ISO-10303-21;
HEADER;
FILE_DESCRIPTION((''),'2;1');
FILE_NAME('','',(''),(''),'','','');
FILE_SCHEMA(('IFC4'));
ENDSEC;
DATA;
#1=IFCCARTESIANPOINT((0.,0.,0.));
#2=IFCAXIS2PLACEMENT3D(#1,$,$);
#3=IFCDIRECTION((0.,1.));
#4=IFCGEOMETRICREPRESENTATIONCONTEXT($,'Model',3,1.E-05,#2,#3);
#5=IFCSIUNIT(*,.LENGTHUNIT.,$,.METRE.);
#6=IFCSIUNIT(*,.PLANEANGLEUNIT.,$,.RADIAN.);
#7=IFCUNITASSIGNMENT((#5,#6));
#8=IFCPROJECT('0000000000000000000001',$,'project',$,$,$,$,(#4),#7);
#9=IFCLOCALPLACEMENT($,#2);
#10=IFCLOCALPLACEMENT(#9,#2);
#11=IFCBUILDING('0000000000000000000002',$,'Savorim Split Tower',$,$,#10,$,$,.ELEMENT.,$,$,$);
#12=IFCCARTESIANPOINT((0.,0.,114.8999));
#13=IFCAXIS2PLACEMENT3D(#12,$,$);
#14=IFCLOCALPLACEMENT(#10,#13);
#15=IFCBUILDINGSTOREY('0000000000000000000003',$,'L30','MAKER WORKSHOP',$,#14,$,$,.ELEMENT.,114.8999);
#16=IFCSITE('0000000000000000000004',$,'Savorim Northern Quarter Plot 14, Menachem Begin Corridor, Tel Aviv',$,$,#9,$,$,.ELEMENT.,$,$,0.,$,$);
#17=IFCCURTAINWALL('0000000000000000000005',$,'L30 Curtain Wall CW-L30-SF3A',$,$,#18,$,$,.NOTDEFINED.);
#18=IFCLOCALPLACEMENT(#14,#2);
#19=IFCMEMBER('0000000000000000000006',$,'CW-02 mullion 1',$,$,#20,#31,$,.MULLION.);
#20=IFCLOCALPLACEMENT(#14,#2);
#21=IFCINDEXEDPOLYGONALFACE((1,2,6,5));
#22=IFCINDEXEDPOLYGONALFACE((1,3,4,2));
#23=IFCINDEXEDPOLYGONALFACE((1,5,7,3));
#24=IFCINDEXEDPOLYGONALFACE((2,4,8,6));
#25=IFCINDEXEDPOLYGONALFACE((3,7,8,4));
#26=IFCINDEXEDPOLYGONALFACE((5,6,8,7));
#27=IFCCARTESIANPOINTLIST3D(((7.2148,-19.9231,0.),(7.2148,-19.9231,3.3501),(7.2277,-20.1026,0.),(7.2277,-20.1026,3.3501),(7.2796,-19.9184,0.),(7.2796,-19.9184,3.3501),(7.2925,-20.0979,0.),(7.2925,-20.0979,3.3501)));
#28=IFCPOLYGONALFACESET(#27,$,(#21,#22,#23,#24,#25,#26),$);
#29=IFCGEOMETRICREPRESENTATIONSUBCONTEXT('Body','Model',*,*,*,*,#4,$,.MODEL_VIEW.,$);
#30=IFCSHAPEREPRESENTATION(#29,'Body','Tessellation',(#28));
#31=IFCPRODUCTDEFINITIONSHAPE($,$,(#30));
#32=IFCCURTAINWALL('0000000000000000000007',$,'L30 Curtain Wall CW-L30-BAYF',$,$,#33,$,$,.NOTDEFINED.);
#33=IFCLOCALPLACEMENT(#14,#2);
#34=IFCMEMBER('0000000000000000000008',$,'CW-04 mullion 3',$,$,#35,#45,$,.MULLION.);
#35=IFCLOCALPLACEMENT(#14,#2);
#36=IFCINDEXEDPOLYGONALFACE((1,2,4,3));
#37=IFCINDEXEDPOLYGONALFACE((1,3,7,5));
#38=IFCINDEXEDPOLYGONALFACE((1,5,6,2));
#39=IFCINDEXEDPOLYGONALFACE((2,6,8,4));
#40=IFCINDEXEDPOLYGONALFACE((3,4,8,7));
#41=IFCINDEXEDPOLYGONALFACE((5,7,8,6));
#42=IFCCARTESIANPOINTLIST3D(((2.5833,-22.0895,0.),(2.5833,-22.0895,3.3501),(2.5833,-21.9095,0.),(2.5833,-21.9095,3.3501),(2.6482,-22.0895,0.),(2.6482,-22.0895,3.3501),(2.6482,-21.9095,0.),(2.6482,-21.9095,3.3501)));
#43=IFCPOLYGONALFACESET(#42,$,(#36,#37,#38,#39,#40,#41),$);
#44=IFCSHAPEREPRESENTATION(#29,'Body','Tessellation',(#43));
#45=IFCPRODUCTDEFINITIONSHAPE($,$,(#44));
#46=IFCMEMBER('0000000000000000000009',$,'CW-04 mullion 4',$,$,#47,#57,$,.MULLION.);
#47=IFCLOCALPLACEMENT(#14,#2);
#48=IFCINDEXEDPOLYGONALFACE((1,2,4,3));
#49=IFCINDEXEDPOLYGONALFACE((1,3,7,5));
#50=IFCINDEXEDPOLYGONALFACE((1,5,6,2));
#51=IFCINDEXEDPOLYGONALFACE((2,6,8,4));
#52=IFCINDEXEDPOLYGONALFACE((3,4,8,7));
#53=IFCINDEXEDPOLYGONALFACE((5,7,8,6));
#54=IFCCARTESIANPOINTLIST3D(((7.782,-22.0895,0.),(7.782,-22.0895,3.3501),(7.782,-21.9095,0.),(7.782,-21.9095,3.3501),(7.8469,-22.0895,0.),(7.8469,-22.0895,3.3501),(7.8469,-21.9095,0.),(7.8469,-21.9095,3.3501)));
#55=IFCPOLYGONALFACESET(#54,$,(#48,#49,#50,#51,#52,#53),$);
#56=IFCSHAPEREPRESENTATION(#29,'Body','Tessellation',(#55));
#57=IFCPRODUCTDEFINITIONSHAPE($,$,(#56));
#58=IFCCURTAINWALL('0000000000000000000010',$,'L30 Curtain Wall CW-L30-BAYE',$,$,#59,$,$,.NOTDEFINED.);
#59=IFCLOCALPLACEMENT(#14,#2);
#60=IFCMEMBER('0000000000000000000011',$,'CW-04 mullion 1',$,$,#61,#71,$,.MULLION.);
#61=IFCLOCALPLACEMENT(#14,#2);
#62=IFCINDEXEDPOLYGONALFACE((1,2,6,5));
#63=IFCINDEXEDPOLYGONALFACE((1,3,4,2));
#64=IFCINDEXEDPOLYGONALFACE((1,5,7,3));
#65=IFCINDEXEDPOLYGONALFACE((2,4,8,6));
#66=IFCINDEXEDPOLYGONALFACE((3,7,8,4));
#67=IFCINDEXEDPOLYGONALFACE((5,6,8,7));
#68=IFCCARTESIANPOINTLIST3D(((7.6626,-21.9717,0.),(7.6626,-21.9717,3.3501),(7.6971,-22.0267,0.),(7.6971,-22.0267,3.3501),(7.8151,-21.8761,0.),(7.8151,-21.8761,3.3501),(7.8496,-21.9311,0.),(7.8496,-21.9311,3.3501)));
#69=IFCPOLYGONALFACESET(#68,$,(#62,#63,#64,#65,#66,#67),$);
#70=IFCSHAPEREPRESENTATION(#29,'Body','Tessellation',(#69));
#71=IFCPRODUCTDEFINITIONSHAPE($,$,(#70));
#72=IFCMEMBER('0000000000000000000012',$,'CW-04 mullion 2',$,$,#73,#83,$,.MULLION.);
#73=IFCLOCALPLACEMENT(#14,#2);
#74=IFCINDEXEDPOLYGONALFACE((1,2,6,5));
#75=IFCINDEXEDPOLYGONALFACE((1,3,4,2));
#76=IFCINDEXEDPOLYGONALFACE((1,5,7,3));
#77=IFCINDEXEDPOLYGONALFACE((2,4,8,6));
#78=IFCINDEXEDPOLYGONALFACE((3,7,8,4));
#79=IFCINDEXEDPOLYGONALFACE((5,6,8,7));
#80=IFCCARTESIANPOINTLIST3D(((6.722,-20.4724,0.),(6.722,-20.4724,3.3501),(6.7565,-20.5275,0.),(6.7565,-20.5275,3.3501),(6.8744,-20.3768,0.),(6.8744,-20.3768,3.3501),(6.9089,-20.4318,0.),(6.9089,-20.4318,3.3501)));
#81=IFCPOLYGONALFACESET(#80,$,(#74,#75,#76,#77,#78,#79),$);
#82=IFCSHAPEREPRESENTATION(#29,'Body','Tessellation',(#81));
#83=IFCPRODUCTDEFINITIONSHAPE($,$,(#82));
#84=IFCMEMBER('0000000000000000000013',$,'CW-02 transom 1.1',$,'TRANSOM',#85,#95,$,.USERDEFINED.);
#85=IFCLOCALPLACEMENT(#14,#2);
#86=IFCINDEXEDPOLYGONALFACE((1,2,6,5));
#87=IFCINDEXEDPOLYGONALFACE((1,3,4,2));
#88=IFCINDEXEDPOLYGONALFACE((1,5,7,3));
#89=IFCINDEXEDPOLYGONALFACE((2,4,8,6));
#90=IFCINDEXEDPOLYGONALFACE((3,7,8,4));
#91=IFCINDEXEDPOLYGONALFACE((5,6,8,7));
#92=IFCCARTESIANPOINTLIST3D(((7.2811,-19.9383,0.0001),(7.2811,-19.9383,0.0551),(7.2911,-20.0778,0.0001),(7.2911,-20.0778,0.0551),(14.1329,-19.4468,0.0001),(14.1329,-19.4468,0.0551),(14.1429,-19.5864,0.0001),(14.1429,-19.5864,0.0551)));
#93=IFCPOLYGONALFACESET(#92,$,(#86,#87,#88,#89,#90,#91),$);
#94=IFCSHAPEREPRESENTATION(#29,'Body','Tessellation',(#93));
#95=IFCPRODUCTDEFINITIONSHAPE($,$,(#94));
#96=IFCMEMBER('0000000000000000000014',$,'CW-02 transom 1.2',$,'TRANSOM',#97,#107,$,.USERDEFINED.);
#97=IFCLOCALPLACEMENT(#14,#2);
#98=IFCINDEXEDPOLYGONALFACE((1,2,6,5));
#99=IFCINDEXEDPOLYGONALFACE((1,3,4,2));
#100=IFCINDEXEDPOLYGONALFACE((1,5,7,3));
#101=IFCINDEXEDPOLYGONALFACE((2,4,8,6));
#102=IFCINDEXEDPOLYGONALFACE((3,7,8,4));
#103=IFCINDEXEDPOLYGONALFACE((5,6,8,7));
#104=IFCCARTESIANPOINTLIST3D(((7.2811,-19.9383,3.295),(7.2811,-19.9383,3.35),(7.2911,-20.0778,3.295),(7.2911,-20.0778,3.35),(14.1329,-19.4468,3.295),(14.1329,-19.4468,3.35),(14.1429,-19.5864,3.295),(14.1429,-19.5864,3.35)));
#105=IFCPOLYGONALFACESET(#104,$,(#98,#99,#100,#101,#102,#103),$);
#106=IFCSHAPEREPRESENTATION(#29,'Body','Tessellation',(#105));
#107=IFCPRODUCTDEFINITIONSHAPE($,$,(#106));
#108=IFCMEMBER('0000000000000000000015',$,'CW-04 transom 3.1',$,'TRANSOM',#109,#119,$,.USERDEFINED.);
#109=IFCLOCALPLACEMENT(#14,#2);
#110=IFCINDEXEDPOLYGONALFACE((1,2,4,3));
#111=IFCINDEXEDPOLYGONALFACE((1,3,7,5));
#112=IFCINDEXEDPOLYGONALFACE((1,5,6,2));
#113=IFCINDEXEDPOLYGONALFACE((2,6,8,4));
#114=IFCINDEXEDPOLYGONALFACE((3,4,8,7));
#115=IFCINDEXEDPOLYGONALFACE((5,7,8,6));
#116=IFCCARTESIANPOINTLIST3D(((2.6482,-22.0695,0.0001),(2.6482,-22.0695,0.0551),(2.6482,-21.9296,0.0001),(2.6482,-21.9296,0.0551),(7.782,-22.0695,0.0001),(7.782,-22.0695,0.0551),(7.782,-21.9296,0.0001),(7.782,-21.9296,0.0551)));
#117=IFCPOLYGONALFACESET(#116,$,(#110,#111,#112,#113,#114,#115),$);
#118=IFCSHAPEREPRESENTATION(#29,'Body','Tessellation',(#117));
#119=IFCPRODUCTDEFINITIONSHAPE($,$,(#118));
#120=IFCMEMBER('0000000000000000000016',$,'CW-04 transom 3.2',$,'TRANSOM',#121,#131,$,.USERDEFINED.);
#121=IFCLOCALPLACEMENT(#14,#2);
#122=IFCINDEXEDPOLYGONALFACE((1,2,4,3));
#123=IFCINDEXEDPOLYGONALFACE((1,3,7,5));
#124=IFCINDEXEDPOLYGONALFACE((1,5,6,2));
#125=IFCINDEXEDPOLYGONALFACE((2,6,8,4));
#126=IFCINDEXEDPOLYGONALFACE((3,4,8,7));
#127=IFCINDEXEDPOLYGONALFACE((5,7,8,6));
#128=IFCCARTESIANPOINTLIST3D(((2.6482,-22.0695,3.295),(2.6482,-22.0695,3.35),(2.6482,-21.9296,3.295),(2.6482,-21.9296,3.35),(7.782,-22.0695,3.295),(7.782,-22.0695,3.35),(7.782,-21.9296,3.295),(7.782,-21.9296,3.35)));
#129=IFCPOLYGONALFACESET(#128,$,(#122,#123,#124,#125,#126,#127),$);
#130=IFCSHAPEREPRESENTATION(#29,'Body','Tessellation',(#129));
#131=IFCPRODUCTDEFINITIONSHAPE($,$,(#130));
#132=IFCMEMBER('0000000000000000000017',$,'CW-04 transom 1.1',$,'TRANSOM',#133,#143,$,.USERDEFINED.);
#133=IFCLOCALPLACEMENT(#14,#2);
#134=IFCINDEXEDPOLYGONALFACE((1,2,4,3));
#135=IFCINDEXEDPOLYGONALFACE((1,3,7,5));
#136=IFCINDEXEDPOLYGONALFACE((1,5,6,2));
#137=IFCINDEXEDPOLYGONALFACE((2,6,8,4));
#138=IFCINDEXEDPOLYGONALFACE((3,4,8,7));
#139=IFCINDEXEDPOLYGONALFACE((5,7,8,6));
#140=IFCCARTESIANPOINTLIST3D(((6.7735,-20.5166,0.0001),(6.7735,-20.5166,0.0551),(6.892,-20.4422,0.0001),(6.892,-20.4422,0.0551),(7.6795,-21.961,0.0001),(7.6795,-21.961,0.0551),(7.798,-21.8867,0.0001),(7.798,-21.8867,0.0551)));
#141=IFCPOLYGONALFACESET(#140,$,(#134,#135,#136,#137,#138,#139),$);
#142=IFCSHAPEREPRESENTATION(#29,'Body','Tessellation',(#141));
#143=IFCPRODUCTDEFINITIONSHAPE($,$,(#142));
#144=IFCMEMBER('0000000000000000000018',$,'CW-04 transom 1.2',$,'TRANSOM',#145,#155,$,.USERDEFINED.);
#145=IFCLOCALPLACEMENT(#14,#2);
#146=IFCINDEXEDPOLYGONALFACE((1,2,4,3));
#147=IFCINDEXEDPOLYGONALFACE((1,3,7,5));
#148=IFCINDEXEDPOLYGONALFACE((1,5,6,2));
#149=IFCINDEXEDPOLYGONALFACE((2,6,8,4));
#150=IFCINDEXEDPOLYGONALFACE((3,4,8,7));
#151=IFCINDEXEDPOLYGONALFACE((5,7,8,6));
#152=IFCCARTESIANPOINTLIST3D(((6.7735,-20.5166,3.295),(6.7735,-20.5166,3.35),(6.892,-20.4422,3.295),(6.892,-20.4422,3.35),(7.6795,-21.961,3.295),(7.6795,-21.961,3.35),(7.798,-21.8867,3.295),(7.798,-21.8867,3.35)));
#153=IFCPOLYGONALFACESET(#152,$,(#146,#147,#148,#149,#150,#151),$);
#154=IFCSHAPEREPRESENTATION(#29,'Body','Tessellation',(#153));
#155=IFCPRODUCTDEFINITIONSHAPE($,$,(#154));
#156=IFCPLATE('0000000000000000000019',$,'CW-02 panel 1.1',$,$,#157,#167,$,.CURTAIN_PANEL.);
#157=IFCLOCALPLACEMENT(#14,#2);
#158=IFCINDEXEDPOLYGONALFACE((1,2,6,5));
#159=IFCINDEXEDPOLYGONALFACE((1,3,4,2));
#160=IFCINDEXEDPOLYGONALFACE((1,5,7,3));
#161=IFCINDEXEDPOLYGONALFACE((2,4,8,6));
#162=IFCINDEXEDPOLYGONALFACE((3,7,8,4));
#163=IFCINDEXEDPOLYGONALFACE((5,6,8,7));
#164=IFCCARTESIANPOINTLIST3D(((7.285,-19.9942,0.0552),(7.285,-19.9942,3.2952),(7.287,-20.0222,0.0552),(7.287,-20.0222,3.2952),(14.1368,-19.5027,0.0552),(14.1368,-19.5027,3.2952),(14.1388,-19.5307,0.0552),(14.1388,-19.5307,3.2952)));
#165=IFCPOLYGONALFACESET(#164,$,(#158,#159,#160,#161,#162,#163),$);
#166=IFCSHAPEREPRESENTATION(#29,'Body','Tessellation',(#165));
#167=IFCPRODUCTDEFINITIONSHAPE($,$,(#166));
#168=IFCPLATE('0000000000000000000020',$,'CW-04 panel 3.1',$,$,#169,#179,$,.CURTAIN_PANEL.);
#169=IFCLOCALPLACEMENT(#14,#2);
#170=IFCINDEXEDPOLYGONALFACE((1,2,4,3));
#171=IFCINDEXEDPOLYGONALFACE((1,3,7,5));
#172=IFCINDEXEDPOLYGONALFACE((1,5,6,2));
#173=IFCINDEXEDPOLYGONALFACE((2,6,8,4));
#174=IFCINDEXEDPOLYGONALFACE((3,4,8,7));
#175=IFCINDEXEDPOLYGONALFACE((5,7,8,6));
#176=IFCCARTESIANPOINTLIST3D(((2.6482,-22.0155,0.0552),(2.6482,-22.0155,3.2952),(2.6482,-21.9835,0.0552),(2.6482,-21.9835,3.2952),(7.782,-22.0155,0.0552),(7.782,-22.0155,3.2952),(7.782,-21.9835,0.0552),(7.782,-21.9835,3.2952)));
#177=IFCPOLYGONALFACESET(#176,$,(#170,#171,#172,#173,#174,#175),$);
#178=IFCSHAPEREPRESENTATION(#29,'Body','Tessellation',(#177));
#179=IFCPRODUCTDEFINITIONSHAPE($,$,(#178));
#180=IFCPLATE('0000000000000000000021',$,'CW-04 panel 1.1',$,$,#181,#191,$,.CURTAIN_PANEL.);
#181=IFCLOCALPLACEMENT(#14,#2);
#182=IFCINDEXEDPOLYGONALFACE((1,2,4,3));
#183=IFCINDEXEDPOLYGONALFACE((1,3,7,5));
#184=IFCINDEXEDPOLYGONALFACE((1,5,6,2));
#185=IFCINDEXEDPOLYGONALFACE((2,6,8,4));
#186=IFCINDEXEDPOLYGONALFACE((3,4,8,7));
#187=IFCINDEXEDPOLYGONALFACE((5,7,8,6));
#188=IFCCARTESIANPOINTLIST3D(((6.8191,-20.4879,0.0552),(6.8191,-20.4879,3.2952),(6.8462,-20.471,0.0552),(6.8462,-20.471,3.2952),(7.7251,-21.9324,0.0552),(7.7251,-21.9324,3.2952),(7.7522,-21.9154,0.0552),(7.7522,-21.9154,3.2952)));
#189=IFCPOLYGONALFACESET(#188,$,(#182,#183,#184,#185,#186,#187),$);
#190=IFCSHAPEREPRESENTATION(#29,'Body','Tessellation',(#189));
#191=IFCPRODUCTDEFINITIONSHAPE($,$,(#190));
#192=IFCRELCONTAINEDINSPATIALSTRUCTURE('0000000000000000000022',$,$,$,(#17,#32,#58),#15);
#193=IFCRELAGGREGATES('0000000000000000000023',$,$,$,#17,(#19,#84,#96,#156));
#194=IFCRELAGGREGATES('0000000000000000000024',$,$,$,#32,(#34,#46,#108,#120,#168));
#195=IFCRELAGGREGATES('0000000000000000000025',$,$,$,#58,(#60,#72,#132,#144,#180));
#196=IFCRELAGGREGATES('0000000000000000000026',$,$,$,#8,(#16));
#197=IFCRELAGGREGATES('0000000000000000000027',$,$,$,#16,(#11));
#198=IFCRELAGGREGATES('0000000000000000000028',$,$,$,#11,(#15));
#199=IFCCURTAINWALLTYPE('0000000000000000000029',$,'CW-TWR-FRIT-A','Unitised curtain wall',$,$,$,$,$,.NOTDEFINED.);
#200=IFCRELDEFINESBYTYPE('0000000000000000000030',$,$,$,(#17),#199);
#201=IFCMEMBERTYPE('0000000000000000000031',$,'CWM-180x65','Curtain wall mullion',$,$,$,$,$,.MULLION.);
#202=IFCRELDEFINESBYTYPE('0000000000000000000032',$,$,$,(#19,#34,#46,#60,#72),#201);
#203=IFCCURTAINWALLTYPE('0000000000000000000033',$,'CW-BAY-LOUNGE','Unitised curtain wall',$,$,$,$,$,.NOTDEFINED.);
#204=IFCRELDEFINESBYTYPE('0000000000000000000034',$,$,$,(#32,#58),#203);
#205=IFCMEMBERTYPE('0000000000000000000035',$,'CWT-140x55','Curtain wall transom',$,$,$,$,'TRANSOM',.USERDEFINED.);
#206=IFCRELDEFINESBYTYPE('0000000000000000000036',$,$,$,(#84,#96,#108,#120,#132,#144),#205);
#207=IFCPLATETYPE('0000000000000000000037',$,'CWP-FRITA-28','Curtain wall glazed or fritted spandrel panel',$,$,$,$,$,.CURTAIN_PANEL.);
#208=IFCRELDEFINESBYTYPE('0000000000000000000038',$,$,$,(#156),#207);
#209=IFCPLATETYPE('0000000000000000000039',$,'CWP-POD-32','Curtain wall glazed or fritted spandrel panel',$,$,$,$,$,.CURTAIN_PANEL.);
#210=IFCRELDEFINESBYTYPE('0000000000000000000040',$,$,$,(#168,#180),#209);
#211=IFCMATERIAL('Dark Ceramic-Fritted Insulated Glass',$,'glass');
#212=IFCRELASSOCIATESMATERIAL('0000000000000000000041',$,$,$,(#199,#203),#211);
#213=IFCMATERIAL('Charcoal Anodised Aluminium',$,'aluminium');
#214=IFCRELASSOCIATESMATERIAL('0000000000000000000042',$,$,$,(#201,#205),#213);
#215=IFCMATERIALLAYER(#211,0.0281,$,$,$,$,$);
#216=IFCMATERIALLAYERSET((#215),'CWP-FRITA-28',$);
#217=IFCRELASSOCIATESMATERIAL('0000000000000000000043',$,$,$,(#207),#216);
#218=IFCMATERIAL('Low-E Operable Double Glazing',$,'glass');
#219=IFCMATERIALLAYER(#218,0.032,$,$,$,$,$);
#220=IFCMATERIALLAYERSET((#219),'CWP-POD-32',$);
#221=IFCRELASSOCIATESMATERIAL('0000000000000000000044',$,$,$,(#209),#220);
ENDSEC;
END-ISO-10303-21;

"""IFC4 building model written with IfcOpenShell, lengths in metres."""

from ifc_helpers import new_model, si_unit, direction, frame, origin, origin_2d, place, context, subcontext, project, spatial, rectangle, extrude, material, layer, layer_set, material_profile, profile_set, type_object, element, aggregate, save


model = new_model("IFC4")

# Units and contexts
model_context = context("Model", 3, precision=1e-05, world=origin(), true_north=direction((0.0, 1.0)))
body_context = subcontext(model_context, "Body", "Model", "MODEL_VIEW")
ifc_project = project(units=[si_unit("LENGTHUNIT", "METRE"), si_unit("PLANEANGLEUNIT", "RADIAN")], contexts=[model_context])

# Site, building, storey
site_placement = place(None, origin())
site = spatial("IfcSite", under=ifc_project, at=site_placement, Name="Savorim Northern Quarter Plot 14, Menachem Begin Corridor, Tel Aviv", CompositionType="ELEMENT", RefElevation=0.0)
building_placement = place(site_placement, origin())
building = spatial("IfcBuilding", under=site, at=building_placement, Name="Savorim Split Tower", CompositionType="ELEMENT")
storey_placement = place(building_placement, frame((0.0, 0.0, 114.8999)))
storey = spatial("IfcBuildingStorey", under=building, at=storey_placement, Name="L30", Description="MAKER WORKSHOP", CompositionType="ELEMENT", Elevation=114.8999)

# Curtain wall, member
ifc_material_1 = material(Name="Dark Ceramic-Fritted Insulated Glass", Category="glass")
curtain_wall_type_1 = type_object("IfcCurtainWallType", Name="CW-TWR-FRIT-A", Description="Unitised curtain wall", PredefinedType="NOTDEFINED", material=ifc_material_1)
curtain_wall_1_placement = place(storey_placement, origin())
curtain_wall_1 = element("IfcCurtainWall", 1, at=curtain_wall_1_placement, inside=storey, type_object=curtain_wall_type_1, Name="L30 Curtain Wall CW-L30-SF3A", PredefinedType="NOTDEFINED")
ifc_material_2 = material(Name="Charcoal Anodised Aluminium", Category="aluminium")
ifc_material_profile_1 = material_profile(ifc_material_2, rectangle(XDim=0.1799, YDim=0.0649, at=origin_2d()), Name="ALU-M 180x65")
ifc_profile_set_1 = profile_set([ifc_material_profile_1], Name="Charcoal Anodised Aluminium")
member_type_1 = type_object("IfcMemberType", Name="CWM-180x65", Description="Curtain wall mullion", PredefinedType="MULLION", material=ifc_profile_set_1)
member_1_placement = place(storey_placement, frame((7.2537, -20.0105, 0.0), z_axis=(0.0, 0.0, 1.0), x_axis=(-0.071549, 0.997437, 0.0)))
member_1 = element("IfcMember", 2, at=member_1_placement, type_object=member_type_1, Name="CW-02 mullion 1", PredefinedType="MULLION", context=body_context, shape_type="SweptSolid", body=[
    extrude(rectangle(XDim=0.1799, YDim=0.0649, at=origin_2d()), origin(), (0.0, 0.0, 1.0), 3.3501),
])

# Curtain walls, members
curtain_wall_type_2 = type_object("IfcCurtainWallType", Name="CW-BAY-LOUNGE", Description="Unitised curtain wall", PredefinedType="NOTDEFINED", material=ifc_material_1)
curtain_wall_2_placement = place(storey_placement, origin())
curtain_wall_2 = element("IfcCurtainWall", 3, at=curtain_wall_2_placement, inside=storey, type_object=curtain_wall_type_2, Name="L30 Curtain Wall CW-L30-BAYF", PredefinedType="NOTDEFINED")
member_2_placement = place(storey_placement, frame((2.6157, -21.9995, 0.0), z_axis=(0.0, 0.0, 1.0), x_axis=(0.0, 1.0, 0.0)))
member_2 = element("IfcMember", 4, at=member_2_placement, type_object=member_type_1, Name="CW-04 mullion 3", PredefinedType="MULLION", context=body_context, shape_type="SweptSolid", body=[
    extrude(rectangle(XDim=0.1799, YDim=0.0649, at=origin_2d()), origin(), (0.0, 0.0, 1.0), 3.3501),
])
member_3_placement = place(storey_placement, frame((7.8145, -21.9995, 0.0), z_axis=(0.0, 0.0, 1.0), x_axis=(0.0, 1.0, 0.0)))
member_3 = element("IfcMember", 5, at=member_3_placement, type_object=member_type_1, Name="CW-04 mullion 4", PredefinedType="MULLION", context=body_context, shape_type="SweptSolid", body=[
    extrude(rectangle(XDim=0.1799, YDim=0.0649, at=origin_2d()), origin(), (0.0, 0.0, 1.0), 3.3501),
])
curtain_wall_3_placement = place(storey_placement, origin())
curtain_wall_3 = element("IfcCurtainWall", 6, at=curtain_wall_3_placement, inside=storey, type_object=curtain_wall_type_2, Name="L30 Curtain Wall CW-L30-BAYE", PredefinedType="NOTDEFINED")
member_4_placement = place(storey_placement, frame((7.7561, -21.9514, 0.0), z_axis=(0.0, 0.0, 1.0), x_axis=(-0.847131, -0.531384, 0.0)))
member_4 = element("IfcMember", 7, at=member_4_placement, type_object=member_type_1, Name="CW-04 mullion 1", PredefinedType="MULLION", context=body_context, shape_type="SweptSolid", body=[
    extrude(rectangle(XDim=0.1799, YDim=0.0649, at=origin_2d()), origin(), (0.0, 0.0, 1.0), 3.3501),
])
member_5_placement = place(storey_placement, frame((6.8154, -20.4521, 0.0), z_axis=(0.0, 0.0, 1.0), x_axis=(-0.847131, -0.531384, 0.0)))
member_5 = element("IfcMember", 8, at=member_5_placement, type_object=member_type_1, Name="CW-04 mullion 2", PredefinedType="MULLION", context=body_context, shape_type="SweptSolid", body=[
    extrude(rectangle(XDim=0.1799, YDim=0.0649, at=origin_2d()), origin(), (0.0, 0.0, 1.0), 3.3501),
])

# Members
ifc_material_profile_2 = material_profile(ifc_material_2, rectangle(XDim=0.1399, YDim=0.0549, at=origin_2d()), Name="ALU-T 140x55")
ifc_profile_set_2 = profile_set([ifc_material_profile_2], Name="Charcoal Anodised Aluminium")
member_type_2 = type_object("IfcMemberType", Name="CWT-140x55", Description="Curtain wall transom", ElementType="TRANSOM", PredefinedType="USERDEFINED", material=ifc_profile_set_2)
member_6_placement = place(storey_placement, frame((7.2861, -20.0081, 0.0276), z_axis=(0.997438, 0.071543, 0.0), x_axis=(-0.071543, 0.997438, 0.0)))
member_6 = element("IfcMember", 9, at=member_6_placement, type_object=member_type_2, Name="CW-02 transom 1.1", ObjectType="TRANSOM", PredefinedType="USERDEFINED", context=body_context, shape_type="SweptSolid", body=[
    extrude(rectangle(XDim=0.1399, YDim=0.0549, at=origin_2d()), origin(), (0.0, 0.0, 1.0), 6.8694),
])
member_7_placement = place(storey_placement, frame((7.2861, -20.0081, 3.3225), z_axis=(0.997438, 0.071543, 0.0), x_axis=(-0.071543, 0.997438, 0.0)))
member_7 = element("IfcMember", 10, at=member_7_placement, type_object=member_type_2, Name="CW-02 transom 1.2", ObjectType="TRANSOM", PredefinedType="USERDEFINED", context=body_context, shape_type="SweptSolid", body=[
    extrude(rectangle(XDim=0.1399, YDim=0.0549, at=origin_2d()), origin(), (0.0, 0.0, 1.0), 6.8694),
])
member_8_placement = place(storey_placement, frame((2.6482, -21.9995, 0.0276), z_axis=(1.0, 0.0, 0.0), x_axis=(0.0, 1.0, 0.0)))
member_8 = element("IfcMember", 11, at=member_8_placement, type_object=member_type_2, Name="CW-04 transom 3.1", ObjectType="TRANSOM", PredefinedType="USERDEFINED", context=body_context, shape_type="SweptSolid", body=[
    extrude(rectangle(XDim=0.1399, YDim=0.0549, at=origin_2d()), origin(), (0.0, 0.0, 1.0), 5.1338),
])
member_9_placement = place(storey_placement, frame((2.6482, -21.9995, 3.3225), z_axis=(1.0, 0.0, 0.0), x_axis=(0.0, 1.0, 0.0)))
member_9 = element("IfcMember", 12, at=member_9_placement, type_object=member_type_2, Name="CW-04 transom 3.2", ObjectType="TRANSOM", PredefinedType="USERDEFINED", context=body_context, shape_type="SweptSolid", body=[
    extrude(rectangle(XDim=0.1399, YDim=0.0549, at=origin_2d()), origin(), (0.0, 0.0, 1.0), 5.1338),
])
member_10_placement = place(storey_placement, frame((7.7388, -21.9238, 0.0276), z_axis=(-0.531388, 0.847128, 0.0), x_axis=(-0.847128, -0.531388, 0.0)))
member_10 = element("IfcMember", 13, at=member_10_placement, type_object=member_type_2, Name="CW-04 transom 1.1", ObjectType="TRANSOM", PredefinedType="USERDEFINED", context=body_context, shape_type="SweptSolid", body=[
    extrude(rectangle(XDim=0.1399, YDim=0.0549, at=origin_2d()), origin(), (0.0, 0.0, 1.0), 1.7051),
])
member_11_placement = place(storey_placement, frame((7.7388, -21.9238, 3.3225), z_axis=(-0.531388, 0.847128, 0.0), x_axis=(-0.847128, -0.531388, 0.0)))
member_11 = element("IfcMember", 14, at=member_11_placement, type_object=member_type_2, Name="CW-04 transom 1.2", ObjectType="TRANSOM", PredefinedType="USERDEFINED", context=body_context, shape_type="SweptSolid", body=[
    extrude(rectangle(XDim=0.1399, YDim=0.0549, at=origin_2d()), origin(), (0.0, 0.0, 1.0), 1.7051),
])

# Plates
ifc_layer_1 = layer(ifc_material_1, 0.0281)
ifc_layer_set_1 = layer_set([ifc_layer_1], Name="CWP-FRITA-28")
plate_type_1 = type_object("IfcPlateType", Name="CWP-FRITA-28", Description="Curtain wall glazed or fritted spandrel panel", PredefinedType="CURTAIN_PANEL", material=ifc_layer_set_1)
plate_1_placement = place(storey_placement, frame((10.7119, -19.7625, 0.0552), z_axis=(0.0, 0.0, 1.0), x_axis=(0.997437, 0.071549, 0.0)))
plate_1 = element("IfcPlate", 15, at=plate_1_placement, type_object=plate_type_1, Name="CW-02 panel 1.1", PredefinedType="CURTAIN_PANEL", context=body_context, shape_type="SweptSolid", body=[
    extrude(rectangle(XDim=6.8694, YDim=0.0281, at=origin_2d()), origin(), (0.0, 0.0, 1.0), 3.24),
])
aggregate(curtain_wall_1, [member_1, member_6, member_7, plate_1])
ifc_material_3 = material(Name="Low-E Operable Double Glazing", Category="glass")
ifc_layer_2 = layer(ifc_material_3, 0.032)
ifc_layer_set_2 = layer_set([ifc_layer_2], Name="CWP-POD-32")
plate_type_2 = type_object("IfcPlateType", Name="CWP-POD-32", Description="Curtain wall glazed or fritted spandrel panel", PredefinedType="CURTAIN_PANEL", material=ifc_layer_set_2)
plate_2_placement = place(storey_placement, frame((5.2151, -21.9995, 0.0552), z_axis=(0.0, 0.0, 1.0), x_axis=(1.0, 0.0, 0.0)))
plate_2 = element("IfcPlate", 16, at=plate_2_placement, type_object=plate_type_2, Name="CW-04 panel 3.1", PredefinedType="CURTAIN_PANEL", context=body_context, shape_type="SweptSolid", body=[
    extrude(rectangle(XDim=5.1338, YDim=0.032, at=origin_2d()), origin(), (0.0, 0.0, 1.0), 3.24),
])
aggregate(curtain_wall_2, [member_2, member_3, member_8, member_9, plate_2])
plate_3_placement = place(storey_placement, frame((7.2856, -21.2017, 0.0552), z_axis=(0.0, 0.0, 1.0), x_axis=(-0.531384, 0.847131, 0.0)))
plate_3 = element("IfcPlate", 17, at=plate_3_placement, type_object=plate_type_2, Name="CW-04 panel 1.1", PredefinedType="CURTAIN_PANEL", context=body_context, shape_type="SweptSolid", body=[
    extrude(rectangle(XDim=1.7051, YDim=0.032, at=origin_2d()), origin(), (0.0, 0.0, 1.0), 3.24),
])
aggregate(curtain_wall_3, [member_4, member_5, member_10, member_11, plate_3])

save(model, "model.ifc")
